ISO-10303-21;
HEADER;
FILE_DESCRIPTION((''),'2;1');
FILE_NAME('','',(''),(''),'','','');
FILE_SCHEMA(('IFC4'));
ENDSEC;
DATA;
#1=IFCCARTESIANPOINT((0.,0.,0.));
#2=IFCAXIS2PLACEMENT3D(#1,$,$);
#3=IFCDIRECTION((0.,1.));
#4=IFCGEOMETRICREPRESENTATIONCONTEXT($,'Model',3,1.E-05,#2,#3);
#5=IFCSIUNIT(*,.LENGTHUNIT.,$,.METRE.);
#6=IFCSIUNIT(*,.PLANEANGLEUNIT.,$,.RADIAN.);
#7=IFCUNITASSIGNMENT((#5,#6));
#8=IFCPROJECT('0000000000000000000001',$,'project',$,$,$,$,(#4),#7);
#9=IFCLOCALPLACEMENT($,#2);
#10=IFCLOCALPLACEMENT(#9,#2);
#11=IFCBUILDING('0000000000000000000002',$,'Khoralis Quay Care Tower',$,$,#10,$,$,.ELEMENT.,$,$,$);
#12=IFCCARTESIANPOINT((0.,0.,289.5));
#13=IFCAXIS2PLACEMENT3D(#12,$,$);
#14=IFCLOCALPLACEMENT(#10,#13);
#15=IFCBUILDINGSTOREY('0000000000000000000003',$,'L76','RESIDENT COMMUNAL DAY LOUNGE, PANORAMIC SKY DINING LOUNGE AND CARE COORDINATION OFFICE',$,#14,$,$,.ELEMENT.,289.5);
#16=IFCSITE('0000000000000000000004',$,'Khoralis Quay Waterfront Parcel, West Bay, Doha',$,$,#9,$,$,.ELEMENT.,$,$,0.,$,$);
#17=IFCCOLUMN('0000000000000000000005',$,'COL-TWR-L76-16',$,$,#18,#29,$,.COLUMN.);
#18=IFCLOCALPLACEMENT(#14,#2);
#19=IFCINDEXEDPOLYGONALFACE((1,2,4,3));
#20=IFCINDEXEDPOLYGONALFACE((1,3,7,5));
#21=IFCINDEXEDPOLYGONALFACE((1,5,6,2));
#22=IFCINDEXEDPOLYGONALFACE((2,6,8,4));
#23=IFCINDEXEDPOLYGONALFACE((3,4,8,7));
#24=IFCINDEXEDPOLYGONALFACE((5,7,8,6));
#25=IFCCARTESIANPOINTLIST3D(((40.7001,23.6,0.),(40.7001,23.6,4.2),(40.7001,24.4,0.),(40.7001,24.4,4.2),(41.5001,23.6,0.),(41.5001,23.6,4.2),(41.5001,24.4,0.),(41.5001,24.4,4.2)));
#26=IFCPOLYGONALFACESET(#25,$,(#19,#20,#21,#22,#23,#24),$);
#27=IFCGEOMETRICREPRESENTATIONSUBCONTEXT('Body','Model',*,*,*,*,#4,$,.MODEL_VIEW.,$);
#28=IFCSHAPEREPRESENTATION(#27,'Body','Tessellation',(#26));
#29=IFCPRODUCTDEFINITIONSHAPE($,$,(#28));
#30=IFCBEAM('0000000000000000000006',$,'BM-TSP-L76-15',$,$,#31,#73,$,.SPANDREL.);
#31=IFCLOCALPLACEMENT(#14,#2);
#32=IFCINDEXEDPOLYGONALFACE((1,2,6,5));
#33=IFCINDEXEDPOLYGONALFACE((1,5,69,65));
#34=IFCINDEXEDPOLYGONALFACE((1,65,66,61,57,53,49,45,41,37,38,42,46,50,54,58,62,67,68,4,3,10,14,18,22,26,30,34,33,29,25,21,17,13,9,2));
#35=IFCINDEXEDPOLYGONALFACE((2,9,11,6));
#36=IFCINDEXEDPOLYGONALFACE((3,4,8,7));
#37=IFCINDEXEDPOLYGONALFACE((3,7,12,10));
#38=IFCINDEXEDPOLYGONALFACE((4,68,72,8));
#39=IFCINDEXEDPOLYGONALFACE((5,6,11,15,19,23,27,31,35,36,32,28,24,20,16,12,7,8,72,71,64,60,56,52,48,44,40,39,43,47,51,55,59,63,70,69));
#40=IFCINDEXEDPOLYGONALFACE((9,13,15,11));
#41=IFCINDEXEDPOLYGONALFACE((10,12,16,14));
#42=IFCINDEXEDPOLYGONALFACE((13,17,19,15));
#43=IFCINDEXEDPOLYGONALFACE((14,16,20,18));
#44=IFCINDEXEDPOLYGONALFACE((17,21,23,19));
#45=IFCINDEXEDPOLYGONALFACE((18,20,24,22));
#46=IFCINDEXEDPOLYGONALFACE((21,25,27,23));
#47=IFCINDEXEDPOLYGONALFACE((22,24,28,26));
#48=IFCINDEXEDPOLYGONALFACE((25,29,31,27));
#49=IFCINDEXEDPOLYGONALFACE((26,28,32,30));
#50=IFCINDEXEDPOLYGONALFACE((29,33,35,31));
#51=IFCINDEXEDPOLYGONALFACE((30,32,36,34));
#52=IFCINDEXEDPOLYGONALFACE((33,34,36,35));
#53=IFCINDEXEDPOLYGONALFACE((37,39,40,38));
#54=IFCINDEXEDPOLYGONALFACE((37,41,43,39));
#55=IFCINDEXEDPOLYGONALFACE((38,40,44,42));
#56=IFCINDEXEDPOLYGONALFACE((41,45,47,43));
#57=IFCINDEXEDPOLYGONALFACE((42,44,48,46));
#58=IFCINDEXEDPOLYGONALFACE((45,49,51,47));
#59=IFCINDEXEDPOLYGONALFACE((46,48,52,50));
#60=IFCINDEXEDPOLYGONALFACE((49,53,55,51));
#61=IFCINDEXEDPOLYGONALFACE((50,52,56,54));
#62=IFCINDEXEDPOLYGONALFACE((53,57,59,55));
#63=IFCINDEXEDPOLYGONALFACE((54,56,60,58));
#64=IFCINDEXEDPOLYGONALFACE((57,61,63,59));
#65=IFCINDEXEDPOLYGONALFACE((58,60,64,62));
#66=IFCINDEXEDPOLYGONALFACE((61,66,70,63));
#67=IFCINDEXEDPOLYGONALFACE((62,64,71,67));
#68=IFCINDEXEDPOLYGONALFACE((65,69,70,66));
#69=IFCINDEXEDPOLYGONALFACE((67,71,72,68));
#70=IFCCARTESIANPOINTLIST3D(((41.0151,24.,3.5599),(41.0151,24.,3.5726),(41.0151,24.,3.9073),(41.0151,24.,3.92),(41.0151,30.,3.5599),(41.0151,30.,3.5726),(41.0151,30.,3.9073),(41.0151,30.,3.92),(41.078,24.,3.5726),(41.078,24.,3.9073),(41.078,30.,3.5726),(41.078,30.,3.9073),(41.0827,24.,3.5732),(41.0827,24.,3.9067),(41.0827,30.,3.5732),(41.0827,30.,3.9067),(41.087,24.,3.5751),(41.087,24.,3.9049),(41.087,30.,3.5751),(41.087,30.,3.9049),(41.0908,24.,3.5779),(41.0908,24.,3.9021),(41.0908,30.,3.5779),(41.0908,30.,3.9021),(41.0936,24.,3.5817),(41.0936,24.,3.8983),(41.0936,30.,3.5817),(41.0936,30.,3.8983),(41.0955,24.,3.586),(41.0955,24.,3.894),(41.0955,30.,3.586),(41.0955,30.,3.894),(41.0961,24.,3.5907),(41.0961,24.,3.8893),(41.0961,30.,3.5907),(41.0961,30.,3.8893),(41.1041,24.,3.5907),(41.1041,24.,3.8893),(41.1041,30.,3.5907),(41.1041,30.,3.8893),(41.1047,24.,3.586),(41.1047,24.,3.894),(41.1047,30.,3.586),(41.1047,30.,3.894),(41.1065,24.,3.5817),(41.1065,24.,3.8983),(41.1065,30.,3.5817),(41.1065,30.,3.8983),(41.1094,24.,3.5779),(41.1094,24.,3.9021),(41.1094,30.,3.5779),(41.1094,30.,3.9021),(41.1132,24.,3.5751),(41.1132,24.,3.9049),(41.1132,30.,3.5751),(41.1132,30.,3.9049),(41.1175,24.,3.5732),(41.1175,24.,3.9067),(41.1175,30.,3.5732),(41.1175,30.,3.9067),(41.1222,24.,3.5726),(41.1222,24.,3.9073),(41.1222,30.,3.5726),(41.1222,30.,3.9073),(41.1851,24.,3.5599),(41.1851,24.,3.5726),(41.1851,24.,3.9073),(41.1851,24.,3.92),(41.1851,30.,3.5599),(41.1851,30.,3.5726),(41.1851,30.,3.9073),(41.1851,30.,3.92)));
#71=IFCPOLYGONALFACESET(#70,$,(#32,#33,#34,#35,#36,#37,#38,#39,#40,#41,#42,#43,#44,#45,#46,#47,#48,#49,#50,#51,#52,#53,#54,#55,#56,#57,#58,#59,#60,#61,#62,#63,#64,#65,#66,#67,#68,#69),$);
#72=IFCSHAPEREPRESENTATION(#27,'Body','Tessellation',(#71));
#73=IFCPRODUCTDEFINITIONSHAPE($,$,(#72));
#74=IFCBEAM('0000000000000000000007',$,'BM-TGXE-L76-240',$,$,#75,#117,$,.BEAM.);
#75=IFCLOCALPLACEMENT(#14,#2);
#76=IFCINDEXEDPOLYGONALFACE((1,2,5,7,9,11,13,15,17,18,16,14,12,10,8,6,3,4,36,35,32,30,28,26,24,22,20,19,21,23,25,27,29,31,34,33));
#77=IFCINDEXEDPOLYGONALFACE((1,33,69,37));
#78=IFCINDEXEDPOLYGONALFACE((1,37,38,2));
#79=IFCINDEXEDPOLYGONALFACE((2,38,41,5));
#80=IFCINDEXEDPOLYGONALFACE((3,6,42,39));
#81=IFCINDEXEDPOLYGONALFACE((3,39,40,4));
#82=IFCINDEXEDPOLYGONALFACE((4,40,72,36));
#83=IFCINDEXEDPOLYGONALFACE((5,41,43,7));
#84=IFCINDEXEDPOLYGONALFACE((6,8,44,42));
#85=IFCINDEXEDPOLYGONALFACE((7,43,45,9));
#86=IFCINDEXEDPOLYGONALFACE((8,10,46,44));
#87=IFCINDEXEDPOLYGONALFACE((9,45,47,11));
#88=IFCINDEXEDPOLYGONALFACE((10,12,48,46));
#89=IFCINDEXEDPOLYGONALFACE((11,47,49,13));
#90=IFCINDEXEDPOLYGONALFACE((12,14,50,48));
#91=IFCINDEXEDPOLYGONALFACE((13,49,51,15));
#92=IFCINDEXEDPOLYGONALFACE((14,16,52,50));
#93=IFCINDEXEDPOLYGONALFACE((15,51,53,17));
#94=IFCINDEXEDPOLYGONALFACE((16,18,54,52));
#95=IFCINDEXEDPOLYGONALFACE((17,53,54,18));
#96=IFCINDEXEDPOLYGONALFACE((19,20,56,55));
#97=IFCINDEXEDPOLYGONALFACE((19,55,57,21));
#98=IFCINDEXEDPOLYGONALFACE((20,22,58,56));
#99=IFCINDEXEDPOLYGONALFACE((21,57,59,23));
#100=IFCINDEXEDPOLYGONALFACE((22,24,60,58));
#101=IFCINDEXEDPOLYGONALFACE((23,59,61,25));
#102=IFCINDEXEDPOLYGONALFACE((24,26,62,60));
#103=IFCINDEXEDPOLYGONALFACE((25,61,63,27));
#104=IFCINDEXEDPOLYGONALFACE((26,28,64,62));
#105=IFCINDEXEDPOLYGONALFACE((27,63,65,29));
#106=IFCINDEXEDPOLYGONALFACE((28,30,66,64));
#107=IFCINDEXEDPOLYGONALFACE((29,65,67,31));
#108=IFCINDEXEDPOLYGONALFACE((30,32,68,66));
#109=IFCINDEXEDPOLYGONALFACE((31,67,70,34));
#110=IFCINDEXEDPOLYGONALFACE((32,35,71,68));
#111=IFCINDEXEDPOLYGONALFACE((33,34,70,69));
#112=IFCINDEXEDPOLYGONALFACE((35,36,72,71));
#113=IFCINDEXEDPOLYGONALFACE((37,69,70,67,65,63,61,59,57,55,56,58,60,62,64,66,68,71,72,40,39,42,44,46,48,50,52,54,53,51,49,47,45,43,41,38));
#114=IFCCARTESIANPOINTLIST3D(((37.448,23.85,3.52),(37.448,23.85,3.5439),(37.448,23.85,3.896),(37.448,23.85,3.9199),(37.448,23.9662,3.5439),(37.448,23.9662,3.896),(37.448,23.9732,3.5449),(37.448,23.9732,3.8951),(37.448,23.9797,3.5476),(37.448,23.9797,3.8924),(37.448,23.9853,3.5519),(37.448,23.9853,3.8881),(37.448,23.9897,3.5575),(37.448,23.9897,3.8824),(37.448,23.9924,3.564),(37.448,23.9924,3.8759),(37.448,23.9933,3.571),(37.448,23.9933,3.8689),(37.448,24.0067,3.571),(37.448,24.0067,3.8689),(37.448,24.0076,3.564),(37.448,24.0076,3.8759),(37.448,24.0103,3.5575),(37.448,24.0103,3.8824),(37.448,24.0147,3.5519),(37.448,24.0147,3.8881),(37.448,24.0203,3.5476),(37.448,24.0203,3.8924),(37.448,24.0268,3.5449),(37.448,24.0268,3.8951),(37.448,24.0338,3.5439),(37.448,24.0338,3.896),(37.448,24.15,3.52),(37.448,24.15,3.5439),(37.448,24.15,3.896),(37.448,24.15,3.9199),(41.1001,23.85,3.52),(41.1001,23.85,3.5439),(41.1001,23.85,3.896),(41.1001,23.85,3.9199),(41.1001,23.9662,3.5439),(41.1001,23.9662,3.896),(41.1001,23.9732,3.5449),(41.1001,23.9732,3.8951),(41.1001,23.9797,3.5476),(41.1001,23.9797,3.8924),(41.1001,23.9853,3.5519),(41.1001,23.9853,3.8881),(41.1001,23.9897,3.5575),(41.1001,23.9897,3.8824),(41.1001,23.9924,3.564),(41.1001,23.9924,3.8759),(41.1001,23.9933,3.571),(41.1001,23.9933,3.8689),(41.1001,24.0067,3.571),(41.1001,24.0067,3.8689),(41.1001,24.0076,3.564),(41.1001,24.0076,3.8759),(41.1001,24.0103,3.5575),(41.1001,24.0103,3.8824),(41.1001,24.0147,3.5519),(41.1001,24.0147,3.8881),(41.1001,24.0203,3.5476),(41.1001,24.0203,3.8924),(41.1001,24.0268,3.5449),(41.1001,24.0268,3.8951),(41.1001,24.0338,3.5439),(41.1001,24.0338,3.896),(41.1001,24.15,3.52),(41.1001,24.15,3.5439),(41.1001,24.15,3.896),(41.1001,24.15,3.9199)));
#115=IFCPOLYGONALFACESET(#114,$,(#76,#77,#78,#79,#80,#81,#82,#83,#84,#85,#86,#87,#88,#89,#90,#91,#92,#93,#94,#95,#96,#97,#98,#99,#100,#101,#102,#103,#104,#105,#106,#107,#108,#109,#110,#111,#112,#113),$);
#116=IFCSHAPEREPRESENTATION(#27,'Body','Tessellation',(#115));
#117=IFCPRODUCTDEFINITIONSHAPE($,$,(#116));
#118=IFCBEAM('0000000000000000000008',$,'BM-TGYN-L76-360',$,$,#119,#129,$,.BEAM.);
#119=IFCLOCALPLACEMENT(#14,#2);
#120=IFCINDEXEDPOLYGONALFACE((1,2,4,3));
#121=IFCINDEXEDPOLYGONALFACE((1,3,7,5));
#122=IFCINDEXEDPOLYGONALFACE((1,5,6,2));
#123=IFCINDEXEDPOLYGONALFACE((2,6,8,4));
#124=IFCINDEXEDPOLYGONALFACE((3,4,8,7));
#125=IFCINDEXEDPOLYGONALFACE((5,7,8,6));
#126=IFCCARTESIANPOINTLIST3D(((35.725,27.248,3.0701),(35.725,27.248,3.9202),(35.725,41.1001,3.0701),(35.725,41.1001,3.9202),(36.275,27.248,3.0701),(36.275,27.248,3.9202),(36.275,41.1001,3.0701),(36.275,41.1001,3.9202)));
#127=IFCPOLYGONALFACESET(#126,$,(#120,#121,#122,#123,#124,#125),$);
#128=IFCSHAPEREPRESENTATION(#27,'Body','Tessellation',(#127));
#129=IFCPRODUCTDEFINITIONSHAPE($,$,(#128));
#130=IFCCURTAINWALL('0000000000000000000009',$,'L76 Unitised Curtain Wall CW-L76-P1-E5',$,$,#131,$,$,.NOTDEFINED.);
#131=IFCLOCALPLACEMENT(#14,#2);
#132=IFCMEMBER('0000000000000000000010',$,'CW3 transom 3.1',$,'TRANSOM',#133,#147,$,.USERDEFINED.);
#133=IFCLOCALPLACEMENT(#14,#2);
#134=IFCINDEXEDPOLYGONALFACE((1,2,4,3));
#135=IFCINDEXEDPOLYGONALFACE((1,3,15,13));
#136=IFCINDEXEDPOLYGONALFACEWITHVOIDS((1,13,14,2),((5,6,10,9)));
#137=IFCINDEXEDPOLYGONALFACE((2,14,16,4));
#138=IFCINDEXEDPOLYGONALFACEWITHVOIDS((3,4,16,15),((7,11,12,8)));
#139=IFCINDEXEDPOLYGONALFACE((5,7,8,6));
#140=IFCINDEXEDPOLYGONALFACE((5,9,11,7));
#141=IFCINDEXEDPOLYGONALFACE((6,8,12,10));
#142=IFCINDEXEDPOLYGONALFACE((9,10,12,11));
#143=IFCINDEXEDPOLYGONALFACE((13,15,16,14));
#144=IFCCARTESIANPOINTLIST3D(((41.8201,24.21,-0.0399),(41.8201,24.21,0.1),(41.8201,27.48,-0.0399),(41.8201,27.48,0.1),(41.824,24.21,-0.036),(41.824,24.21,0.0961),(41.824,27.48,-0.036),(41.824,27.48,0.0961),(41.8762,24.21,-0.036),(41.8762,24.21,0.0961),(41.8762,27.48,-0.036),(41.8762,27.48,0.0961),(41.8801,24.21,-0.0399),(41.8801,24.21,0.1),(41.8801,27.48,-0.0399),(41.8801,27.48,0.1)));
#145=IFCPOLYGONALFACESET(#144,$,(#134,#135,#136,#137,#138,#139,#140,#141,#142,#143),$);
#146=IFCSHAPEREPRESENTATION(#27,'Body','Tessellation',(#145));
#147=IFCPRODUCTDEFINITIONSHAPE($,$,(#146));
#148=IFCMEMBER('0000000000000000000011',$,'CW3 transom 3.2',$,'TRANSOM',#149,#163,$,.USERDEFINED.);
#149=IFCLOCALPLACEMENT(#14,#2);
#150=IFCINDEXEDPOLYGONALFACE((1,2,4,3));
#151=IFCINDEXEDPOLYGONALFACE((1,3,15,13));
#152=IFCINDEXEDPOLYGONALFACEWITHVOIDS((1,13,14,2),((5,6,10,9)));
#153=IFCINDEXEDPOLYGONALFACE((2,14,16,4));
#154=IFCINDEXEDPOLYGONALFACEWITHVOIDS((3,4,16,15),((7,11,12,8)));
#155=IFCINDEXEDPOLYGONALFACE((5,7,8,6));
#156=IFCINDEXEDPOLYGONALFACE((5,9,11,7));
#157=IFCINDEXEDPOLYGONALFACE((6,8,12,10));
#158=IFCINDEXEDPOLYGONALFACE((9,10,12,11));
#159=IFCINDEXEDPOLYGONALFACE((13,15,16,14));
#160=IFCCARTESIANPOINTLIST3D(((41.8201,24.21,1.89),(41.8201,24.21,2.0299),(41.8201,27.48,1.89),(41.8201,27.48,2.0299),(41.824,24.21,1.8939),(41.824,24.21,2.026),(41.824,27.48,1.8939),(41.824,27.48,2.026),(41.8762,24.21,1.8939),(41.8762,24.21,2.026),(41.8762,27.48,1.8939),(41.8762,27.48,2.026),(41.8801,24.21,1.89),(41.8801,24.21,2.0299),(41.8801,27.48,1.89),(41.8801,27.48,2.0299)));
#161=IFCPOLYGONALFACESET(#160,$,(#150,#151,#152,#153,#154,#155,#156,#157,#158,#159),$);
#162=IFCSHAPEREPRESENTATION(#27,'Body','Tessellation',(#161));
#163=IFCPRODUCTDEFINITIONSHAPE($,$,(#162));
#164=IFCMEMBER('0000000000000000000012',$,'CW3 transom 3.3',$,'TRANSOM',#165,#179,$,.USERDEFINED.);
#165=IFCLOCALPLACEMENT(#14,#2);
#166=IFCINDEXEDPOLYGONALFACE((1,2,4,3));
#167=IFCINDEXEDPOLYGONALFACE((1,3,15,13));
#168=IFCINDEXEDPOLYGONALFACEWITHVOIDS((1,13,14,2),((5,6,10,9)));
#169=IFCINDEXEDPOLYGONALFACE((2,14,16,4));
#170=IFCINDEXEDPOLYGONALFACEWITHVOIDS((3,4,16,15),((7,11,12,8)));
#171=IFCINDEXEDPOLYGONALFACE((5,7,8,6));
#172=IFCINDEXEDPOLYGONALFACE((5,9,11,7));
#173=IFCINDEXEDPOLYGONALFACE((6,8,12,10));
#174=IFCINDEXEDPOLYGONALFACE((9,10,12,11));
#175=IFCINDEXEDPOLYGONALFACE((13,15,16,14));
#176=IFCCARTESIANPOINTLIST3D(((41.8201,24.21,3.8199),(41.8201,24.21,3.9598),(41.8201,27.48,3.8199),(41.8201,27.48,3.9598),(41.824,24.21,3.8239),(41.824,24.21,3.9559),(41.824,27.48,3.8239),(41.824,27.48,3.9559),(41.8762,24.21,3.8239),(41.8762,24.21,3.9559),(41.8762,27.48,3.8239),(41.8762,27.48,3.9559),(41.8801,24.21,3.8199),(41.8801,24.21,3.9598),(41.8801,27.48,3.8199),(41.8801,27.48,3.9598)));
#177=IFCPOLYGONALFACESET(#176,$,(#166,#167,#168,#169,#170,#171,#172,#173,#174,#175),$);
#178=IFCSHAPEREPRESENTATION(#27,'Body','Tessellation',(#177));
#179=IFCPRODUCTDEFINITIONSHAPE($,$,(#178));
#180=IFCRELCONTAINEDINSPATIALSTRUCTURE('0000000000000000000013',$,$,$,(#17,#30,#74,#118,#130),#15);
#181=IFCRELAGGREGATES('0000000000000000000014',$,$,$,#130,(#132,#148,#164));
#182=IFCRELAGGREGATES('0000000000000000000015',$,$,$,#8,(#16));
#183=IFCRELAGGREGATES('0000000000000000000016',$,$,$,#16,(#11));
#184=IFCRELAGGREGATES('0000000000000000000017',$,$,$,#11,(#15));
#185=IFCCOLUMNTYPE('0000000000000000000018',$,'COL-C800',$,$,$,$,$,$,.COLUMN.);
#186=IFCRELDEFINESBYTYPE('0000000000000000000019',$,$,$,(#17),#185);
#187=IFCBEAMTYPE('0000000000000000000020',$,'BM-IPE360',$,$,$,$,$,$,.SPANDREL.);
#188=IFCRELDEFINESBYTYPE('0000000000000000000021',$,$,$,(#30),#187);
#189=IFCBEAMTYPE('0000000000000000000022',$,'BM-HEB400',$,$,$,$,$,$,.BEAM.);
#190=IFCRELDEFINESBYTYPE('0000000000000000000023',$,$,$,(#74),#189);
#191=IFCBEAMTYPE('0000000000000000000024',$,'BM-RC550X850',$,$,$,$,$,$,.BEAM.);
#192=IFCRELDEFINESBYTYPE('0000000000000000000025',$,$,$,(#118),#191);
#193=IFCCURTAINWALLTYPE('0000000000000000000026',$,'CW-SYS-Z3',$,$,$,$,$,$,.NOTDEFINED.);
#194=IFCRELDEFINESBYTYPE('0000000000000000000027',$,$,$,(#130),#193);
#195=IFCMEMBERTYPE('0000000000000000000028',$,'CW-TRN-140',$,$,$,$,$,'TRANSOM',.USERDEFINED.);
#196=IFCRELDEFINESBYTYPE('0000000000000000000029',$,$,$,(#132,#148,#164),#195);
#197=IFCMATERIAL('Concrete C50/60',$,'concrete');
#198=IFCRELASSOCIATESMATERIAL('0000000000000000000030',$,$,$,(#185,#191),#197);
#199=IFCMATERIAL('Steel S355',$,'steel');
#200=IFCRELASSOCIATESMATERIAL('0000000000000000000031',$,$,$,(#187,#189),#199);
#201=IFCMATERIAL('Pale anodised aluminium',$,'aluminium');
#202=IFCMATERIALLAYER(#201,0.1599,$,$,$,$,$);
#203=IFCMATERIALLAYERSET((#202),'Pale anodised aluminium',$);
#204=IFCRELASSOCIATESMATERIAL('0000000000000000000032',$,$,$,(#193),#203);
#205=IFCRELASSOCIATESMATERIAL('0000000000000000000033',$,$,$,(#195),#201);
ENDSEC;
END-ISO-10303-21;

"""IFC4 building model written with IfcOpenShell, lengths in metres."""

from ifc_helpers import new_model, si_unit, direction, frame, origin, origin_2d, place, context, subcontext, project, spatial, rectangle, hollow_rectangle, i_section, extrude, source, transform, mapped, material, layer, layer_set, material_profile, profile_set, type_object, element, aggregate, save


model = new_model("IFC4")

# Units and contexts
model_context = context("Model", 3, precision=1e-05, world=origin(), true_north=direction((0.0, 1.0)))
body_context = subcontext(model_context, "Body", "Model", "MODEL_VIEW")
ifc_project = project(units=[si_unit("LENGTHUNIT", "METRE"), si_unit("PLANEANGLEUNIT", "RADIAN")], contexts=[model_context])

# Site, building, storey
site_placement = place(None, origin())
site = spatial("IfcSite", under=ifc_project, at=site_placement, Name="Khoralis Quay Waterfront Parcel, West Bay, Doha", CompositionType="ELEMENT", RefElevation=0.0)
building_placement = place(site_placement, origin())
building = spatial("IfcBuilding", under=site, at=building_placement, Name="Khoralis Quay Care Tower", CompositionType="ELEMENT")
storey_placement = place(building_placement, frame((0.0, 0.0, 289.5)))
storey = spatial("IfcBuildingStorey", under=building, at=storey_placement, Name="L76", Description="RESIDENT COMMUNAL DAY LOUNGE, PANORAMIC SKY DINING LOUNGE AND CARE COORDINATION OFFICE", CompositionType="ELEMENT", Elevation=289.5)

# Column
ifc_material_1 = material(Name="Concrete C50/60", Category="concrete")
ifc_material_profile_1 = material_profile(ifc_material_1, rectangle(XDim=0.8, YDim=0.8, at=origin_2d()), Name="Concrete C50/60")
ifc_profile_set_1 = profile_set([ifc_material_profile_1], Name="Concrete C50/60")
column_type = type_object("IfcColumnType", Name="COL-C800", PredefinedType="COLUMN", material=ifc_profile_set_1)
shared_shape_1 = source(origin(), body_context, "Body", "SweptSolid", [
    extrude(rectangle(XDim=0.8, YDim=0.8, at=origin_2d()), origin(), (0.0, 0.0, 1.0), 4.2),
])
column_placement = place(storey_placement, frame((41.1001, 24.0, 0.0), z_axis=(0.0, 0.0, 1.0), x_axis=(1.0, 0.0, 0.0)))
element("IfcColumn", 1, at=column_placement, inside=storey, type_object=column_type, Name="COL-TWR-L76-16", PredefinedType="COLUMN", context=body_context, shape_type="MappedRepresentation", body=[
    mapped(shared_shape_1, transform((0.0, 0.0, 0.0), scale=1.0)),
])

# Beams
ifc_material_2 = material(Name="Steel S355", Category="steel")
ifc_material_profile_2 = material_profile(ifc_material_2, i_section(OverallWidth=0.1699, OverallDepth=0.3601, WebThickness=0.0081, FlangeThickness=0.0127, FilletRadius=0.0181, at=origin_2d()), Name="Steel S355")
ifc_profile_set_2 = profile_set([ifc_material_profile_2], Name="Steel S355")
beam_type_1 = type_object("IfcBeamType", Name="BM-IPE360", PredefinedType="SPANDREL", material=ifc_profile_set_2)
shared_shape_2 = source(origin(), body_context, "Body", "SweptSolid", [
    extrude(i_section(OverallWidth=0.1699, OverallDepth=0.3601, WebThickness=0.0081, FlangeThickness=0.0127, FilletRadius=0.0181, at=origin_2d()), origin(), (0.0, 0.0, 1.0), 6.0),
])
beam_1_placement = place(storey_placement, frame((41.1001, 24.0, 3.74), z_axis=(0.0, 1.0, 0.0), x_axis=(-1.0, 0.0, 0.0)))
element("IfcBeam", 2, at=beam_1_placement, inside=storey, type_object=beam_type_1, Name="BM-TSP-L76-15", PredefinedType="SPANDREL", context=body_context, shape_type="MappedRepresentation", body=[
    mapped(shared_shape_2, transform((0.0, 0.0, 0.0), scale=1.0)),
])
ifc_material_profile_3 = material_profile(ifc_material_2, i_section(OverallWidth=0.3, OverallDepth=0.3999, WebThickness=0.0134, FlangeThickness=0.0239, FilletRadius=0.0271, at=origin_2d()), Name="Steel S355")
ifc_profile_set_3 = profile_set([ifc_material_profile_3], Name="Steel S355")
beam_type_2 = type_object("IfcBeamType", Name="BM-HEB400", PredefinedType="BEAM", material=ifc_profile_set_3)
shared_shape_3 = source(origin(), body_context, "Body", "SweptSolid", [
    extrude(i_section(OverallWidth=0.3, OverallDepth=0.3999, WebThickness=0.0134, FlangeThickness=0.0239, FilletRadius=0.0271, at=origin_2d()), origin(), (0.0, 0.0, 1.0), 3.6521),
])
beam_2_placement = place(storey_placement, frame((37.448, 24.0, 3.72), z_axis=(1.0, 0.0, 0.0), x_axis=(0.0, 1.0, 0.0)))
element("IfcBeam", 3, at=beam_2_placement, inside=storey, type_object=beam_type_2, Name="BM-TGXE-L76-240", PredefinedType="BEAM", context=body_context, shape_type="MappedRepresentation", body=[
    mapped(shared_shape_3, transform((0.0, 0.0, 0.0), scale=1.0)),
])
ifc_material_profile_4 = material_profile(ifc_material_1, rectangle(XDim=0.55, YDim=0.8501, at=origin_2d()), Name="Concrete C50/60")
ifc_profile_set_4 = profile_set([ifc_material_profile_4], Name="Concrete C50/60")
beam_type_3 = type_object("IfcBeamType", Name="BM-RC550X850", PredefinedType="BEAM", material=ifc_profile_set_4)
shared_shape_4 = source(origin(), body_context, "Body", "SweptSolid", [
    extrude(rectangle(XDim=0.55, YDim=0.8501, at=origin_2d()), origin(), (0.0, 0.0, 1.0), 13.8521),
])
beam_3_placement = place(storey_placement, frame((36.0, 27.248, 3.4951), z_axis=(0.0, 1.0, 0.0), x_axis=(-1.0, 0.0, 0.0)))
element("IfcBeam", 4, at=beam_3_placement, inside=storey, type_object=beam_type_3, Name="BM-TGYN-L76-360", PredefinedType="BEAM", context=body_context, shape_type="MappedRepresentation", body=[
    mapped(shared_shape_4, transform((0.0, 0.0, 0.0), scale=1.0)),
])

# Curtain wall, members
ifc_material_3 = material(Name="Pale anodised aluminium", Category="aluminium")
ifc_layer_1 = layer(ifc_material_3, 0.1599)
ifc_layer_set_1 = layer_set([ifc_layer_1], Name="Pale anodised aluminium")
curtain_wall_type = type_object("IfcCurtainWallType", Name="CW-SYS-Z3", PredefinedType="NOTDEFINED", material=ifc_layer_set_1)
curtain_wall_placement = place(storey_placement, origin())
curtain_wall = element("IfcCurtainWall", 5, at=curtain_wall_placement, inside=storey, type_object=curtain_wall_type, Name="L76 Unitised Curtain Wall CW-L76-P1-E5", PredefinedType="NOTDEFINED")
ifc_material_profile_5 = material_profile(ifc_material_3, hollow_rectangle(XDim=0.0601, YDim=0.1399, WallThickness=0.0039, at=origin_2d()), Name="Pale anodised aluminium")
ifc_profile_set_5 = profile_set([ifc_material_profile_5], Name="Pale anodised aluminium")
member_type_1 = type_object("IfcMemberType", Name="CW-TRN-140", ElementType="TRANSOM", PredefinedType="USERDEFINED", material=ifc_profile_set_5)
shared_shape_5 = source(origin(), body_context, "Body", "SweptSolid", [
    extrude(hollow_rectangle(XDim=0.0601, YDim=0.1399, WallThickness=0.0039, at=origin_2d()), origin(), (0.0, 0.0, 1.0), 3.27),
])
member_1_placement = place(storey_placement, frame((41.8501, 24.21, 0.03), z_axis=(0.0, 1.0, 0.0), x_axis=(-1.0, 0.0, 0.0)))
member_1 = element("IfcMember", 6, at=member_1_placement, type_object=member_type_1, Name="CW3 transom 3.1", ObjectType="TRANSOM", PredefinedType="USERDEFINED", context=body_context, shape_type="MappedRepresentation", body=[
    mapped(shared_shape_5, transform((0.0, 0.0, 0.0), scale=1.0)),
])
member_2_placement = place(storey_placement, frame((41.8501, 24.21, 1.96), z_axis=(0.0, 1.0, 0.0), x_axis=(-1.0, 0.0, 0.0)))
member_2 = element("IfcMember", 7, at=member_2_placement, type_object=member_type_1, Name="CW3 transom 3.2", ObjectType="TRANSOM", PredefinedType="USERDEFINED", context=body_context, shape_type="MappedRepresentation", body=[
    mapped(shared_shape_5, transform((0.0, 0.0, 0.0), scale=1.0)),
])
member_3_placement = place(storey_placement, frame((41.8501, 24.21, 3.8899), z_axis=(0.0, 1.0, 0.0), x_axis=(-1.0, 0.0, 0.0)))
member_3 = element("IfcMember", 8, at=member_3_placement, type_object=member_type_1, Name="CW3 transom 3.3", ObjectType="TRANSOM", PredefinedType="USERDEFINED", context=body_context, shape_type="MappedRepresentation", body=[
    mapped(shared_shape_5, transform((0.0, 0.0, 0.0), scale=1.0)),
])
aggregate(curtain_wall, [member_1, member_2, member_3])

save(model, "model.ifc")
